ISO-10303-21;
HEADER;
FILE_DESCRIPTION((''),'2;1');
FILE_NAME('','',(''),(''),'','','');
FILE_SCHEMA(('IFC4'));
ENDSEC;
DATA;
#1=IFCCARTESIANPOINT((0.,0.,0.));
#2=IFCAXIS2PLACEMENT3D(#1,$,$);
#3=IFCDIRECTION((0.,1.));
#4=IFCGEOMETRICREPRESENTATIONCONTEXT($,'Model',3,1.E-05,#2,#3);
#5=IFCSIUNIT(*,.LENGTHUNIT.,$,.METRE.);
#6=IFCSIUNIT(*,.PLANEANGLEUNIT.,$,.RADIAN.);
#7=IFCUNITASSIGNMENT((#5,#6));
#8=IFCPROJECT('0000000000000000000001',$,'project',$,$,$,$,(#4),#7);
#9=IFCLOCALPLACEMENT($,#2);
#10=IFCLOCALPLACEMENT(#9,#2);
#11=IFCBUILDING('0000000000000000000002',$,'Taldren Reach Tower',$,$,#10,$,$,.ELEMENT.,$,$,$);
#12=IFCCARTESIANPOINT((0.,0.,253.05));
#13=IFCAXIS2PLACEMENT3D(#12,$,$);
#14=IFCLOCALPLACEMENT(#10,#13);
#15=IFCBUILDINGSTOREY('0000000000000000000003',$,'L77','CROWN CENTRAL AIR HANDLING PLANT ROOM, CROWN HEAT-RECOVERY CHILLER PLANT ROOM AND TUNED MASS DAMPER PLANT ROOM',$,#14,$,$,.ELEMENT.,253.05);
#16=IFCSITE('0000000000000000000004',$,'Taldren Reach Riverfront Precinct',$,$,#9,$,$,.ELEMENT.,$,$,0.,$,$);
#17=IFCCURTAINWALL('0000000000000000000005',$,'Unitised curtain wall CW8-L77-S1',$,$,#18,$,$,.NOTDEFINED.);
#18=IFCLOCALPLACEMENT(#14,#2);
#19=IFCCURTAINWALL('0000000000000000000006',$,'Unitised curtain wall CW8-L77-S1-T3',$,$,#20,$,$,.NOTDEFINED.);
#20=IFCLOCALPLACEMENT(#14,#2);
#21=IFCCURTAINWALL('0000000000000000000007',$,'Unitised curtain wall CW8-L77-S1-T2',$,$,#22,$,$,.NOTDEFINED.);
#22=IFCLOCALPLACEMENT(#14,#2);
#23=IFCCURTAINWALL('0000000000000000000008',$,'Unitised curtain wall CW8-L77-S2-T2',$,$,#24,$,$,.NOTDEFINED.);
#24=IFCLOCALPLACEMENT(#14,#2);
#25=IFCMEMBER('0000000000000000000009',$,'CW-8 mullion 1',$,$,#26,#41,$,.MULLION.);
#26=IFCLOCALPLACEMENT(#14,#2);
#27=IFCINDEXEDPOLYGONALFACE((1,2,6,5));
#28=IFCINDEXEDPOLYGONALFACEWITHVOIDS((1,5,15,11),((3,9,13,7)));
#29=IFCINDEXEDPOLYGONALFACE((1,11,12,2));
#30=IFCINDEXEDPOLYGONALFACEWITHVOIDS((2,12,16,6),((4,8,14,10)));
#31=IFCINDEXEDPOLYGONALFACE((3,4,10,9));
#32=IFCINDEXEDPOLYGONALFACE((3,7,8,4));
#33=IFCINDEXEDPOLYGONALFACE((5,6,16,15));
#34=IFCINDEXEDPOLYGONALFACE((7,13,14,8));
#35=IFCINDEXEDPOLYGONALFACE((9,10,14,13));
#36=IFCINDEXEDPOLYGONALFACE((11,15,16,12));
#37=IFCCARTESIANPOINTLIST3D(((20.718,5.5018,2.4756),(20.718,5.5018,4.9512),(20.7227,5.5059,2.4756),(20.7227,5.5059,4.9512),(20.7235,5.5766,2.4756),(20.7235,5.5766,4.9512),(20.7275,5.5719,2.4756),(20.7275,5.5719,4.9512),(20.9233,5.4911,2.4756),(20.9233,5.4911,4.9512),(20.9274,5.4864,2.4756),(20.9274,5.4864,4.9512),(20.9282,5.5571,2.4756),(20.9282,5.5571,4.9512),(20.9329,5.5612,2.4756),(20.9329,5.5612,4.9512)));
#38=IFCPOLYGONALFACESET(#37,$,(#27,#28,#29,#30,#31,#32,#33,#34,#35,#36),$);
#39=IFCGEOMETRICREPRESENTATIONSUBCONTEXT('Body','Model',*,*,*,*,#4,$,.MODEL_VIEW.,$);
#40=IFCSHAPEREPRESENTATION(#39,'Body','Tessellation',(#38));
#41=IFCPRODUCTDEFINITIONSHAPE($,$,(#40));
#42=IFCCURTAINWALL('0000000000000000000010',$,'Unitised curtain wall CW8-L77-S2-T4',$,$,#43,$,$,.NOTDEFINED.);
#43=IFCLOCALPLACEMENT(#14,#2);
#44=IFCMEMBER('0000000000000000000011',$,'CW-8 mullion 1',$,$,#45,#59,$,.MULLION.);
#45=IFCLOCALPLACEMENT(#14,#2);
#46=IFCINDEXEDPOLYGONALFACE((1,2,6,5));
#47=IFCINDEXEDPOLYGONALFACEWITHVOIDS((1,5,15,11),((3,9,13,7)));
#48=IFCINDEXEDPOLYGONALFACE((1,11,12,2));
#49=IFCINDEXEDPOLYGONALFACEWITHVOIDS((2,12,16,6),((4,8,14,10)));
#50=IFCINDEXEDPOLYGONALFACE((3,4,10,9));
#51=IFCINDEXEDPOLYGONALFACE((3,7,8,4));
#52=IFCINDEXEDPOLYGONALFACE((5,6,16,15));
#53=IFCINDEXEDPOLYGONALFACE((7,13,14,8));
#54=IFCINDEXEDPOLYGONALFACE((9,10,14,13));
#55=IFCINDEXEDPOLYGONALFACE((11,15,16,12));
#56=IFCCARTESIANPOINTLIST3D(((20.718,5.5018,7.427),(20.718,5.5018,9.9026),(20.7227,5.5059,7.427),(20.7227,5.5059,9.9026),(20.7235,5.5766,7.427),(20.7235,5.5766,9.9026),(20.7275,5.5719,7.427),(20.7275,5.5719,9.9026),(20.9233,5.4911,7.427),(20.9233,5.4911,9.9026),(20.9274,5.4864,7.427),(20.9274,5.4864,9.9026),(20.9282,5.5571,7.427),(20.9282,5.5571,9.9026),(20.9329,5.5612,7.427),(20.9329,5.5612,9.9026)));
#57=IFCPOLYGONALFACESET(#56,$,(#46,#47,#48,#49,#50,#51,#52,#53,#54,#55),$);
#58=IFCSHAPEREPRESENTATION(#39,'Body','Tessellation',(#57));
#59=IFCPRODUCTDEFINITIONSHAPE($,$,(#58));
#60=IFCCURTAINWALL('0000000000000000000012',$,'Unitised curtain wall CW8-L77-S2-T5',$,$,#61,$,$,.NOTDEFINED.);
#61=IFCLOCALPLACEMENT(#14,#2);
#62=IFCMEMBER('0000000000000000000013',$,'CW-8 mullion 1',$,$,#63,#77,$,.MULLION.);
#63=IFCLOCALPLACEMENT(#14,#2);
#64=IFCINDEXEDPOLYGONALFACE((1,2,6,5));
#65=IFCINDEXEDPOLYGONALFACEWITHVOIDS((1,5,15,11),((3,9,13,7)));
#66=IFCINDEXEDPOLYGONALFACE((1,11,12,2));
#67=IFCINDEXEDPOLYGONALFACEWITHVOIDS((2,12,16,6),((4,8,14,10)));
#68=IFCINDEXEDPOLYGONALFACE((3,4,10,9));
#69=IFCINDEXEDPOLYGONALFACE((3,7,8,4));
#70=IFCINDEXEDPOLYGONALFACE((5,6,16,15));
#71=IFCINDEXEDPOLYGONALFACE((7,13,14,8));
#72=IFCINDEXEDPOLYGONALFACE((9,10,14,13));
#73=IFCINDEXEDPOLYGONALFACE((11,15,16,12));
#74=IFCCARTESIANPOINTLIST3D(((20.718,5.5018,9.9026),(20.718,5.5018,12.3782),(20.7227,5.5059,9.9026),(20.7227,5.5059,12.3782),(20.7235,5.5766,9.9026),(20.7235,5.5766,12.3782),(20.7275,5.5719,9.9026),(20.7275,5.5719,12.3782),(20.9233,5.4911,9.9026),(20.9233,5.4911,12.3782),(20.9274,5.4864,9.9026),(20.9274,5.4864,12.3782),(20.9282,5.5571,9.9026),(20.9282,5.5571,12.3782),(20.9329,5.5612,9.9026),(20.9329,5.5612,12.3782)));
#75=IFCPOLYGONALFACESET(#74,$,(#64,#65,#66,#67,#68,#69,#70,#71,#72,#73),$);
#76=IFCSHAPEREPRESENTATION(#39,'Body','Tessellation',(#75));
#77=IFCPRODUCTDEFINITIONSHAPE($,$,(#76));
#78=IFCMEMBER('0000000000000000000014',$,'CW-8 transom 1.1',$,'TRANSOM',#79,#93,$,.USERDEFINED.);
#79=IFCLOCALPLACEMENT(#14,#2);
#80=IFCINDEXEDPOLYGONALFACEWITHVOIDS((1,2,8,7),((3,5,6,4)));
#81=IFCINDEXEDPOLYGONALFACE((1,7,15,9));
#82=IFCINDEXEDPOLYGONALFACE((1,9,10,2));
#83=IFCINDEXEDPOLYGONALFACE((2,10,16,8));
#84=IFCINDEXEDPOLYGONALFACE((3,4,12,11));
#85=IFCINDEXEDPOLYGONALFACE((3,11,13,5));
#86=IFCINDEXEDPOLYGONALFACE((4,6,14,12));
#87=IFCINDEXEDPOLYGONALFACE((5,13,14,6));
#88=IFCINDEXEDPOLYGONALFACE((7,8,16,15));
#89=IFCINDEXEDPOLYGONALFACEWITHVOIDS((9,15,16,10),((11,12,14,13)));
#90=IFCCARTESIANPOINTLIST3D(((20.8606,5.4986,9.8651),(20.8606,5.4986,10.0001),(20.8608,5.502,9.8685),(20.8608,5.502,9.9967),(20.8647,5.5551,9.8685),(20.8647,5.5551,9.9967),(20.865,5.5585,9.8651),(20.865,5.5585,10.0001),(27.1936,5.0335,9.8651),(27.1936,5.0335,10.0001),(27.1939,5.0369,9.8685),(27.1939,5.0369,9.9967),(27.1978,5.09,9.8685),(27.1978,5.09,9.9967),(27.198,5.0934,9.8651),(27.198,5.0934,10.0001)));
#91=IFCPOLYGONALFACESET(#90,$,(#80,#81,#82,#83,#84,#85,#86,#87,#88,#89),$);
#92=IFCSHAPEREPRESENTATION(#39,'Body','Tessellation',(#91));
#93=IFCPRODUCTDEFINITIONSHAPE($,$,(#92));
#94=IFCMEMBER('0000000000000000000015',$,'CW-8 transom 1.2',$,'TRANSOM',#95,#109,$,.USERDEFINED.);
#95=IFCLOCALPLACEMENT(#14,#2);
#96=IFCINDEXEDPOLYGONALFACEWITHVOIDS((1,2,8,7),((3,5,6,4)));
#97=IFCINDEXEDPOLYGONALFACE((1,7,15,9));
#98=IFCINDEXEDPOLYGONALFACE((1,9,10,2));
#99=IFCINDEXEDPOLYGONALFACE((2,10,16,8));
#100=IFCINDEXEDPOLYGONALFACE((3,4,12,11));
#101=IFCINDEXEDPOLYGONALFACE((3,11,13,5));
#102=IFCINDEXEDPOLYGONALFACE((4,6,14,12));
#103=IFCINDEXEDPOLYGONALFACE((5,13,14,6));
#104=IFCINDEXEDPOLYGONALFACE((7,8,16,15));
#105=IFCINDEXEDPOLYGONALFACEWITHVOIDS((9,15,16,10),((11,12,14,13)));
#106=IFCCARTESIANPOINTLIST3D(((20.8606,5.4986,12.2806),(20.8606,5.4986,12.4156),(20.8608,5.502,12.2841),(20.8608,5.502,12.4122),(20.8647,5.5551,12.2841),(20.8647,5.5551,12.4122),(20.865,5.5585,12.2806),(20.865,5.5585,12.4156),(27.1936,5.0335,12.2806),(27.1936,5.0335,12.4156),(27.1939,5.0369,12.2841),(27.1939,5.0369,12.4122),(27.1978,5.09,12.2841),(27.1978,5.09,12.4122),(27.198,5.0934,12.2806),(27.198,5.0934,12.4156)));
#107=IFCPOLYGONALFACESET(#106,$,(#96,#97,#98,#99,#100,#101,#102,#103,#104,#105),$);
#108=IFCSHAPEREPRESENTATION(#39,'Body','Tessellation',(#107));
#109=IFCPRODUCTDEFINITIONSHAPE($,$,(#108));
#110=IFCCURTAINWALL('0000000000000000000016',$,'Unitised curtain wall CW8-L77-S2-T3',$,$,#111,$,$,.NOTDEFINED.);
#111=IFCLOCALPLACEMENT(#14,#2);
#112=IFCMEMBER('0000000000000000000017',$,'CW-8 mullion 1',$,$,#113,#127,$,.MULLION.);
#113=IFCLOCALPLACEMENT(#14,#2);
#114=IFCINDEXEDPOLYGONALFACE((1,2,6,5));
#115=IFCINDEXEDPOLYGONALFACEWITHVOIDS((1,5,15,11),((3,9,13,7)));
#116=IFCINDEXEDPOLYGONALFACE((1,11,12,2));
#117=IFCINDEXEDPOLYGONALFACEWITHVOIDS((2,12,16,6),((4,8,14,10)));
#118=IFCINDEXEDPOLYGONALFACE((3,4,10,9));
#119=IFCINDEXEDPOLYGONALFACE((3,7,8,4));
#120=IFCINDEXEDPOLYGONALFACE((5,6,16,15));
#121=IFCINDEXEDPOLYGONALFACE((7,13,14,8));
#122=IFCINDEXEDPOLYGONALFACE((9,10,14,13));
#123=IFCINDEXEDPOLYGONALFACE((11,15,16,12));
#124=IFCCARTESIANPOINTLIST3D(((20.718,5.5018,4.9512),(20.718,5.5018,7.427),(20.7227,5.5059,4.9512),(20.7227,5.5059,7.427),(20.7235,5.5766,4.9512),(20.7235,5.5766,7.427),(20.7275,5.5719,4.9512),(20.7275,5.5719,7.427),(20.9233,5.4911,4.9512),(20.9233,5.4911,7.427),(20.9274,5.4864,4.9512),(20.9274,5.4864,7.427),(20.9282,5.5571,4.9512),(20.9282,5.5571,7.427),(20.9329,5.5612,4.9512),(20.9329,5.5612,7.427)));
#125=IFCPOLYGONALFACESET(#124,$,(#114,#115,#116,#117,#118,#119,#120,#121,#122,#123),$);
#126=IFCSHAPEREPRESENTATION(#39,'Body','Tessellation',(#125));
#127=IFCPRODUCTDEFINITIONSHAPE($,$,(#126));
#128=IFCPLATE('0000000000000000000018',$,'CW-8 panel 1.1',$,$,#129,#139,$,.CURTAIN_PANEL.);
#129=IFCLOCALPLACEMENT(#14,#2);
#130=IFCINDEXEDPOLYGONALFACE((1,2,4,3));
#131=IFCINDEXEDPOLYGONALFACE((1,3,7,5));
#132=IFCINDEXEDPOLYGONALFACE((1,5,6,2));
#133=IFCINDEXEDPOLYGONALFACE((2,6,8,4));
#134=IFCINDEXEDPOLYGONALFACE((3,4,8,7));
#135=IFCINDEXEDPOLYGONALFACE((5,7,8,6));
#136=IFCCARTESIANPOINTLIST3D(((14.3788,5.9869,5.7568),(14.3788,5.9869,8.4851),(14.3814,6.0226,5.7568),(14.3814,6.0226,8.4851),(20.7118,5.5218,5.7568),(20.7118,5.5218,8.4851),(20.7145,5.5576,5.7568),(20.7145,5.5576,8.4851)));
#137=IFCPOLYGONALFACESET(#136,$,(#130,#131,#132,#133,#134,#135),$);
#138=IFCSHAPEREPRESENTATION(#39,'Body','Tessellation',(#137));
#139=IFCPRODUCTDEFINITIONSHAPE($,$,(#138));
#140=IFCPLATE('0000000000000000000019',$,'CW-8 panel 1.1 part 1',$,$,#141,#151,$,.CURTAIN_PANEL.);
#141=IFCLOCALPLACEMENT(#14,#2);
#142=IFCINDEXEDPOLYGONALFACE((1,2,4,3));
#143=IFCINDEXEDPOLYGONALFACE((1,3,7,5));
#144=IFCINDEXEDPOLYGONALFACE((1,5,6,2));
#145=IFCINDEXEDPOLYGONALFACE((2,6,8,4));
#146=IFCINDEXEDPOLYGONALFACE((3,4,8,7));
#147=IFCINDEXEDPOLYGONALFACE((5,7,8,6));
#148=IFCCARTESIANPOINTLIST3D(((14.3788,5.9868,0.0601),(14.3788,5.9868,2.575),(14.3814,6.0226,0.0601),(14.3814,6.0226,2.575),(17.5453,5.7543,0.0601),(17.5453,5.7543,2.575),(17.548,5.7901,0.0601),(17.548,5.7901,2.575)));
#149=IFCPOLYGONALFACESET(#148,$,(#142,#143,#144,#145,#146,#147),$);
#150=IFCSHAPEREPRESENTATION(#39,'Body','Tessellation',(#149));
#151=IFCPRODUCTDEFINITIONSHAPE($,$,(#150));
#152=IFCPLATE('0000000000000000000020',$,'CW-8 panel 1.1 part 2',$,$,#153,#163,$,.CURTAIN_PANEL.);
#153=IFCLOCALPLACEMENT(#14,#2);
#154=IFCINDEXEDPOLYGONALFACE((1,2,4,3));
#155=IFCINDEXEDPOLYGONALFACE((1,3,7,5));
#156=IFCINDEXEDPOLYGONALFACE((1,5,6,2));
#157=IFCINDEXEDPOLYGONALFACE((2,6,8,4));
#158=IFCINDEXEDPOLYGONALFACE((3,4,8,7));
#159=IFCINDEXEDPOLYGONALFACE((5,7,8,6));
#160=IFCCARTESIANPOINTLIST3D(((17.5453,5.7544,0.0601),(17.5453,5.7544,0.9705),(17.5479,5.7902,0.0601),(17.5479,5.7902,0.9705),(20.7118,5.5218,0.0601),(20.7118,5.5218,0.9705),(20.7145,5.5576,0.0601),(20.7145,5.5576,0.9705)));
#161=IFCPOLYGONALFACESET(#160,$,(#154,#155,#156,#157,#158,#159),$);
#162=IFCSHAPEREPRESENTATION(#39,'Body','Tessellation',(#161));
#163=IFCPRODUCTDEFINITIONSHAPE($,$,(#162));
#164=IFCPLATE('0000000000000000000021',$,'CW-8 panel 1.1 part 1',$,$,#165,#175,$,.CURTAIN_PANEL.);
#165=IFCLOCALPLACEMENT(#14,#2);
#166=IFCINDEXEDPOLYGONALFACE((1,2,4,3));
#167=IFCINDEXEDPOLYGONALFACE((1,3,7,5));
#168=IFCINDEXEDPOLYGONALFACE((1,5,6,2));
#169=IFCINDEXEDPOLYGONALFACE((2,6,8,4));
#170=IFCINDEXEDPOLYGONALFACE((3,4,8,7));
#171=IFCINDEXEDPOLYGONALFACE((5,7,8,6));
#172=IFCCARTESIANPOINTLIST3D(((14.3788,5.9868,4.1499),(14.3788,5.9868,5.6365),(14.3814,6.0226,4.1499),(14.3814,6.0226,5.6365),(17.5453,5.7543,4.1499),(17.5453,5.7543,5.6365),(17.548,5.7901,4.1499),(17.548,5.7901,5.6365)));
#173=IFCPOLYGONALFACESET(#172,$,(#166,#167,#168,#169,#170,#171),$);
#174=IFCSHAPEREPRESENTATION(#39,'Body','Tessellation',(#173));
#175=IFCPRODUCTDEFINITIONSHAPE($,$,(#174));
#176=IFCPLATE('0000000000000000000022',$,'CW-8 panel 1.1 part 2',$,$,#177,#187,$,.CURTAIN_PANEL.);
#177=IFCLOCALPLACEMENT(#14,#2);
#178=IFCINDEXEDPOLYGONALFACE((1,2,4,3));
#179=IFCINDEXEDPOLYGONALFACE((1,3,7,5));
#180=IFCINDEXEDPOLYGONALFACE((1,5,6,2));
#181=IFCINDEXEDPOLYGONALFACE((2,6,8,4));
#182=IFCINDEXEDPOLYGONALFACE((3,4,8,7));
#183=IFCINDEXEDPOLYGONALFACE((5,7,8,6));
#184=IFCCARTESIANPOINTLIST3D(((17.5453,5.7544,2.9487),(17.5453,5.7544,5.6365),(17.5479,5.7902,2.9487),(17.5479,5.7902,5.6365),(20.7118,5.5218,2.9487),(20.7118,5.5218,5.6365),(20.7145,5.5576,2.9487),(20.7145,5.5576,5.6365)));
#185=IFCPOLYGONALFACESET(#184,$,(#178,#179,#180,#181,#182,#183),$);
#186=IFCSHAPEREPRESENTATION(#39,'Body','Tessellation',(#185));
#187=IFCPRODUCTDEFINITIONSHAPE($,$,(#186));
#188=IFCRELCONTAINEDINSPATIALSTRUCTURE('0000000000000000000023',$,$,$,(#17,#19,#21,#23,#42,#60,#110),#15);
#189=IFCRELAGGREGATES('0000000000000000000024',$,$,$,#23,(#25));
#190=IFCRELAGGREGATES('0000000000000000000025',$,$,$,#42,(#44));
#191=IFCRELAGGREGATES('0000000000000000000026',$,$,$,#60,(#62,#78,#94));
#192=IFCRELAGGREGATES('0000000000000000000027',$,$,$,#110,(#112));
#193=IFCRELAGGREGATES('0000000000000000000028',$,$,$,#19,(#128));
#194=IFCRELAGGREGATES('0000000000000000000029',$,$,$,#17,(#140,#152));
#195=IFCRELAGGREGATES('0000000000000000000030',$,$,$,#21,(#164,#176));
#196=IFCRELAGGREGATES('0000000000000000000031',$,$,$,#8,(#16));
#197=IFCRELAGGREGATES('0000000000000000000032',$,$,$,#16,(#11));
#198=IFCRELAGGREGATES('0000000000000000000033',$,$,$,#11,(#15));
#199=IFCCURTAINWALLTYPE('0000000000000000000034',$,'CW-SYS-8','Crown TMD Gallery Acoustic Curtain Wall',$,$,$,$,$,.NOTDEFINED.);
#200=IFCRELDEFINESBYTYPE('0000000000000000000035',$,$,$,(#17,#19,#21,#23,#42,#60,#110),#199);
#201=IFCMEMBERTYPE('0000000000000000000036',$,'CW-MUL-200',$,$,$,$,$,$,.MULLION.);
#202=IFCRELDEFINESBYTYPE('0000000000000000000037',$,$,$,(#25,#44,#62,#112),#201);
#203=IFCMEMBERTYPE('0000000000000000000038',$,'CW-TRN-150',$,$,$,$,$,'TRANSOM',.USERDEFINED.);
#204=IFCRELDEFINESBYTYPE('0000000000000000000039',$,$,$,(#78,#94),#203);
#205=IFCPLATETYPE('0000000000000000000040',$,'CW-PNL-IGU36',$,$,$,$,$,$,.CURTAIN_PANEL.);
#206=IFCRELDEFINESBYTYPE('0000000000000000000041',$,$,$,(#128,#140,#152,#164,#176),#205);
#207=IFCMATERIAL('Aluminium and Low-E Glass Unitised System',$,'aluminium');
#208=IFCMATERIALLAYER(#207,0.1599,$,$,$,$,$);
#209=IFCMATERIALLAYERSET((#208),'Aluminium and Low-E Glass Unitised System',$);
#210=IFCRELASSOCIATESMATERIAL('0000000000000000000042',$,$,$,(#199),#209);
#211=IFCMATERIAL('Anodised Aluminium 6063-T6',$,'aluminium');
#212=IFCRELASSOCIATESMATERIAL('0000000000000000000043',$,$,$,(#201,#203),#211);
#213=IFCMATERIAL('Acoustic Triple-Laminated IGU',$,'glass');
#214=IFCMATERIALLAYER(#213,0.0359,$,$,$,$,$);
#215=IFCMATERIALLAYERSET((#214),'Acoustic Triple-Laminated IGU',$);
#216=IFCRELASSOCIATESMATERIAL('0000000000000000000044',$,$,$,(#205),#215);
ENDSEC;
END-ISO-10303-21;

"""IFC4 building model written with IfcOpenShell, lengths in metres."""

from ifc_helpers import new_model, si_unit, direction, frame, origin, origin_2d, place, context, subcontext, project, spatial, rectangle, hollow_rectangle, extrude, source, transform, mapped, material, layer, layer_set, material_profile, profile_set, type_object, element, aggregate, save


model = new_model("IFC4")

# Units and contexts
model_context = context("Model", 3, precision=1e-05, world=origin(), true_north=direction((0.0, 1.0)))
body_context = subcontext(model_context, "Body", "Model", "MODEL_VIEW")
ifc_project = project(units=[si_unit("LENGTHUNIT", "METRE"), si_unit("PLANEANGLEUNIT", "RADIAN")], contexts=[model_context])

# Site, building, storey
site_placement = place(None, origin())
site = spatial("IfcSite", under=ifc_project, at=site_placement, Name="Taldren Reach Riverfront Precinct", CompositionType="ELEMENT", RefElevation=0.0)
building_placement = place(site_placement, origin())
building = spatial("IfcBuilding", under=site, at=building_placement, Name="Taldren Reach Tower", CompositionType="ELEMENT")
storey_placement = place(building_placement, frame((0.0, 0.0, 253.05)))
storey = spatial("IfcBuildingStorey", under=building, at=storey_placement, Name="L77", Description="CROWN CENTRAL AIR HANDLING PLANT ROOM, CROWN HEAT-RECOVERY CHILLER PLANT ROOM AND TUNED MASS DAMPER PLANT ROOM", CompositionType="ELEMENT", Elevation=253.05)

# Curtain walls, members
ifc_material_1 = material(Name="Aluminium and Low-E Glass Unitised System", Category="aluminium")
ifc_layer_1 = layer(ifc_material_1, 0.1599)
ifc_layer_set_1 = layer_set([ifc_layer_1], Name="Aluminium and Low-E Glass Unitised System")
curtain_wall_type = type_object("IfcCurtainWallType", Name="CW-SYS-8", Description="Crown TMD Gallery Acoustic Curtain Wall", PredefinedType="NOTDEFINED", material=ifc_layer_set_1)
curtain_wall_1_placement = place(storey_placement, origin())
curtain_wall_1 = element("IfcCurtainWall", 1, at=curtain_wall_1_placement, inside=storey, type_object=curtain_wall_type, Name="Unitised curtain wall CW8-L77-S1", PredefinedType="NOTDEFINED")
ifc_material_2 = material(Name="Anodised Aluminium 6063-T6", Category="aluminium")
ifc_material_profile_1 = material_profile(ifc_material_2, hollow_rectangle(XDim=0.075, YDim=0.21, WallThickness=0.0044, at=origin_2d()), Name="ALU-210x75x4.5RHS")
ifc_profile_set_1 = profile_set([ifc_material_profile_1], Name="Anodised Aluminium 6063-T6")
member_type_1 = type_object("IfcMemberType", Name="CW-MUL-200", PredefinedType="MULLION", material=ifc_profile_set_1)
curtain_wall_2_placement = place(storey_placement, origin())
curtain_wall_2 = element("IfcCurtainWall", 2, at=curtain_wall_2_placement, inside=storey, type_object=curtain_wall_type, Name="Unitised curtain wall CW8-L77-S1-T3", PredefinedType="NOTDEFINED")
curtain_wall_3_placement = place(storey_placement, origin())
curtain_wall_3 = element("IfcCurtainWall", 3, at=curtain_wall_3_placement, inside=storey, type_object=curtain_wall_type, Name="Unitised curtain wall CW8-L77-S1-T2", PredefinedType="NOTDEFINED")
shared_shape_1 = source(origin(), body_context, "Body", "SweptSolid", [
    extrude(hollow_rectangle(XDim=0.075, YDim=0.21, WallThickness=0.0044, at=origin_2d()), origin(), (0.0, 0.0, 1.0), 2.4756),
])
curtain_wall_4_placement = place(storey_placement, origin())
curtain_wall_4 = element("IfcCurtainWall", 4, at=curtain_wall_4_placement, inside=storey, type_object=curtain_wall_type, Name="Unitised curtain wall CW8-L77-S2-T2", PredefinedType="NOTDEFINED")
member_1_placement = place(storey_placement, frame((20.8254, 5.5315, 2.4756), z_axis=(0.0, 0.0, 1.0), x_axis=(0.073238, 0.997314, 0.0)))
member_1 = element("IfcMember", 5, at=member_1_placement, type_object=member_type_1, Name="CW-8 mullion 1", PredefinedType="MULLION", context=body_context, shape_type="MappedRepresentation", body=[
    mapped(shared_shape_1, transform((0.0, 0.0, 0.0), scale=1.0)),
])
aggregate(curtain_wall_4, [member_1])
curtain_wall_5_placement = place(storey_placement, origin())
curtain_wall_5 = element("IfcCurtainWall", 6, at=curtain_wall_5_placement, inside=storey, type_object=curtain_wall_type, Name="Unitised curtain wall CW8-L77-S2-T4", PredefinedType="NOTDEFINED")
member_2_placement = place(storey_placement, frame((20.8254, 5.5315, 7.427), z_axis=(0.0, 0.0, 1.0), x_axis=(0.073238, 0.997314, 0.0)))
member_2 = element("IfcMember", 7, at=member_2_placement, type_object=member_type_1, Name="CW-8 mullion 1", PredefinedType="MULLION", context=body_context, shape_type="MappedRepresentation", body=[
    mapped(shared_shape_1, transform((0.0, 0.0, 0.0), scale=1.0)),
])
aggregate(curtain_wall_5, [member_2])

# Curtain wall, members
curtain_wall_6_placement = place(storey_placement, origin())
curtain_wall_6 = element("IfcCurtainWall", 8, at=curtain_wall_6_placement, inside=storey, type_object=curtain_wall_type, Name="Unitised curtain wall CW8-L77-S2-T5", PredefinedType="NOTDEFINED")
member_3_placement = place(storey_placement, frame((20.8254, 5.5315, 9.9026), z_axis=(0.0, 0.0, 1.0), x_axis=(0.073238, 0.997314, 0.0)))
member_3 = element("IfcMember", 9, at=member_3_placement, type_object=member_type_1, Name="CW-8 mullion 1", PredefinedType="MULLION", context=body_context, shape_type="MappedRepresentation", body=[
    mapped(shared_shape_1, transform((0.0, 0.0, 0.0), scale=1.0)),
])
ifc_material_profile_2 = material_profile(ifc_material_2, hollow_rectangle(XDim=0.0601, YDim=0.135, WallThickness=0.0034, at=origin_2d()), Name="ALU-135x60x3.5RHS")
ifc_profile_set_2 = profile_set([ifc_material_profile_2], Name="Anodised Aluminium 6063-T6")
member_type_2 = type_object("IfcMemberType", Name="CW-TRN-150", ElementType="TRANSOM", PredefinedType="USERDEFINED", material=ifc_profile_set_2)
shared_shape_2 = source(origin(), body_context, "Body", "SweptSolid", [
    extrude(hollow_rectangle(XDim=0.0601, YDim=0.135, WallThickness=0.0034, at=origin_2d()), origin(), (0.0, 0.0, 1.0), 6.3501),
])
member_4_placement = place(storey_placement, frame((20.8628, 5.5286, 9.9326), z_axis=(0.997314, -0.073241, 0.0), x_axis=(0.073241, 0.997314, 0.0)))
member_4 = element("IfcMember", 10, at=member_4_placement, type_object=member_type_2, Name="CW-8 transom 1.1", ObjectType="TRANSOM", PredefinedType="USERDEFINED", context=body_context, shape_type="MappedRepresentation", body=[
    mapped(shared_shape_2, transform((0.0, 0.0, 0.0), scale=1.0)),
])
member_5_placement = place(storey_placement, frame((20.8628, 5.5286, 12.3481), z_axis=(0.997314, -0.073241, 0.0), x_axis=(0.073241, 0.997314, 0.0)))
member_5 = element("IfcMember", 11, at=member_5_placement, type_object=member_type_2, Name="CW-8 transom 1.2", ObjectType="TRANSOM", PredefinedType="USERDEFINED", context=body_context, shape_type="MappedRepresentation", body=[
    mapped(shared_shape_2, transform((0.0, 0.0, 0.0), scale=1.0)),
])
aggregate(curtain_wall_6, [member_3, member_4, member_5])

# Curtain wall, member
curtain_wall_7_placement = place(storey_placement, origin())
curtain_wall_7 = element("IfcCurtainWall", 12, at=curtain_wall_7_placement, inside=storey, type_object=curtain_wall_type, Name="Unitised curtain wall CW8-L77-S2-T3", PredefinedType="NOTDEFINED")
shared_shape_3 = source(origin(), body_context, "Body", "SweptSolid", [
    extrude(hollow_rectangle(XDim=0.075, YDim=0.21, WallThickness=0.0044, at=origin_2d()), origin(), (0.0, 0.0, 1.0), 2.4758),
])
member_6_placement = place(storey_placement, frame((20.8254, 5.5315, 4.9512), z_axis=(0.0, 0.0, 1.0), x_axis=(0.073238, 0.997314, 0.0)))
member_6 = element("IfcMember", 13, at=member_6_placement, type_object=member_type_1, Name="CW-8 mullion 1", PredefinedType="MULLION", context=body_context, shape_type="MappedRepresentation", body=[
    mapped(shared_shape_3, transform((0.0, 0.0, 0.0), scale=1.0)),
])
aggregate(curtain_wall_7, [member_6])

# Plates
ifc_material_3 = material(Name="Acoustic Triple-Laminated IGU", Category="glass")
ifc_layer_2 = layer(ifc_material_3, 0.0359)
ifc_layer_set_2 = layer_set([ifc_layer_2], Name="Acoustic Triple-Laminated IGU")
plate_type = type_object("IfcPlateType", Name="CW-PNL-IGU36", PredefinedType="CURTAIN_PANEL", material=ifc_layer_set_2)
shared_shape_4 = source(origin(), body_context, "Body", "SweptSolid", [
    extrude(rectangle(XDim=6.3501, YDim=0.0359, at=origin_2d()), origin(), (0.0, 0.0, 1.0), 2.7283),
])
plate_1_placement = place(storey_placement, frame((17.5466, 5.7722, 5.7568), z_axis=(0.0, 0.0, 1.0), x_axis=(0.997314, -0.073239, 0.0)))
plate_1 = element("IfcPlate", 14, at=plate_1_placement, type_object=plate_type, Name="CW-8 panel 1.1", PredefinedType="CURTAIN_PANEL", context=body_context, shape_type="MappedRepresentation", body=[
    mapped(shared_shape_4, transform((0.0, 0.0, 0.0), scale=1.0)),
])
aggregate(curtain_wall_2, [plate_1])
shared_shape_5 = source(origin(), body_context, "Body", "SweptSolid", [
    extrude(rectangle(XDim=3.175, YDim=0.0359, at=origin_2d()), origin(), (0.0, 0.0, 1.0), 2.5149),
])
plate_2_placement = place(storey_placement, frame((15.9634, 5.8884, 0.0601), z_axis=(0.0, 0.0, 1.0), x_axis=(0.997314, -0.073239, 0.0)))
plate_2 = element("IfcPlate", 15, at=plate_2_placement, type_object=plate_type, Name="CW-8 panel 1.1 part 1", PredefinedType="CURTAIN_PANEL", context=body_context, shape_type="MappedRepresentation", body=[
    mapped(shared_shape_5, transform((0.0, 0.0, 0.0), scale=1.0)),
])
shared_shape_6 = source(origin(), body_context, "Body", "SweptSolid", [
    extrude(rectangle(XDim=3.175, YDim=0.0359, at=origin_2d()), origin(), (0.0, 0.0, 1.0), 0.9104),
])
plate_3_placement = place(storey_placement, frame((19.1299, 5.656, 0.0601), z_axis=(0.0, 0.0, 1.0), x_axis=(0.997314, -0.073239, 0.0)))
plate_3 = element("IfcPlate", 16, at=plate_3_placement, type_object=plate_type, Name="CW-8 panel 1.1 part 2", PredefinedType="CURTAIN_PANEL", context=body_context, shape_type="MappedRepresentation", body=[
    mapped(shared_shape_6, transform((0.0, 0.0, 0.0), scale=1.0)),
])
aggregate(curtain_wall_1, [plate_2, plate_3])
shared_shape_7 = source(origin(), body_context, "Body", "SweptSolid", [
    extrude(rectangle(XDim=3.175, YDim=0.0359, at=origin_2d()), origin(), (0.0, 0.0, 1.0), 1.4866),
])
plate_4_placement = place(storey_placement, frame((15.9634, 5.8884, 4.1499), z_axis=(0.0, 0.0, 1.0), x_axis=(0.997314, -0.073239, 0.0)))
plate_4 = element("IfcPlate", 17, at=plate_4_placement, type_object=plate_type, Name="CW-8 panel 1.1 part 1", PredefinedType="CURTAIN_PANEL", context=body_context, shape_type="MappedRepresentation", body=[
    mapped(shared_shape_7, transform((0.0, 0.0, 0.0), scale=1.0)),
])
shared_shape_8 = source(origin(), body_context, "Body", "SweptSolid", [
    extrude(rectangle(XDim=3.175, YDim=0.0359, at=origin_2d()), origin(), (0.0, 0.0, 1.0), 2.6877),
])
plate_5_placement = place(storey_placement, frame((19.1299, 5.656, 2.9487), z_axis=(0.0, 0.0, 1.0), x_axis=(0.997314, -0.073239, 0.0)))
plate_5 = element("IfcPlate", 18, at=plate_5_placement, type_object=plate_type, Name="CW-8 panel 1.1 part 2", PredefinedType="CURTAIN_PANEL", context=body_context, shape_type="MappedRepresentation", body=[
    mapped(shared_shape_8, transform((0.0, 0.0, 0.0), scale=1.0)),
])
aggregate(curtain_wall_3, [plate_4, plate_5])

save(model, "model.ifc")
